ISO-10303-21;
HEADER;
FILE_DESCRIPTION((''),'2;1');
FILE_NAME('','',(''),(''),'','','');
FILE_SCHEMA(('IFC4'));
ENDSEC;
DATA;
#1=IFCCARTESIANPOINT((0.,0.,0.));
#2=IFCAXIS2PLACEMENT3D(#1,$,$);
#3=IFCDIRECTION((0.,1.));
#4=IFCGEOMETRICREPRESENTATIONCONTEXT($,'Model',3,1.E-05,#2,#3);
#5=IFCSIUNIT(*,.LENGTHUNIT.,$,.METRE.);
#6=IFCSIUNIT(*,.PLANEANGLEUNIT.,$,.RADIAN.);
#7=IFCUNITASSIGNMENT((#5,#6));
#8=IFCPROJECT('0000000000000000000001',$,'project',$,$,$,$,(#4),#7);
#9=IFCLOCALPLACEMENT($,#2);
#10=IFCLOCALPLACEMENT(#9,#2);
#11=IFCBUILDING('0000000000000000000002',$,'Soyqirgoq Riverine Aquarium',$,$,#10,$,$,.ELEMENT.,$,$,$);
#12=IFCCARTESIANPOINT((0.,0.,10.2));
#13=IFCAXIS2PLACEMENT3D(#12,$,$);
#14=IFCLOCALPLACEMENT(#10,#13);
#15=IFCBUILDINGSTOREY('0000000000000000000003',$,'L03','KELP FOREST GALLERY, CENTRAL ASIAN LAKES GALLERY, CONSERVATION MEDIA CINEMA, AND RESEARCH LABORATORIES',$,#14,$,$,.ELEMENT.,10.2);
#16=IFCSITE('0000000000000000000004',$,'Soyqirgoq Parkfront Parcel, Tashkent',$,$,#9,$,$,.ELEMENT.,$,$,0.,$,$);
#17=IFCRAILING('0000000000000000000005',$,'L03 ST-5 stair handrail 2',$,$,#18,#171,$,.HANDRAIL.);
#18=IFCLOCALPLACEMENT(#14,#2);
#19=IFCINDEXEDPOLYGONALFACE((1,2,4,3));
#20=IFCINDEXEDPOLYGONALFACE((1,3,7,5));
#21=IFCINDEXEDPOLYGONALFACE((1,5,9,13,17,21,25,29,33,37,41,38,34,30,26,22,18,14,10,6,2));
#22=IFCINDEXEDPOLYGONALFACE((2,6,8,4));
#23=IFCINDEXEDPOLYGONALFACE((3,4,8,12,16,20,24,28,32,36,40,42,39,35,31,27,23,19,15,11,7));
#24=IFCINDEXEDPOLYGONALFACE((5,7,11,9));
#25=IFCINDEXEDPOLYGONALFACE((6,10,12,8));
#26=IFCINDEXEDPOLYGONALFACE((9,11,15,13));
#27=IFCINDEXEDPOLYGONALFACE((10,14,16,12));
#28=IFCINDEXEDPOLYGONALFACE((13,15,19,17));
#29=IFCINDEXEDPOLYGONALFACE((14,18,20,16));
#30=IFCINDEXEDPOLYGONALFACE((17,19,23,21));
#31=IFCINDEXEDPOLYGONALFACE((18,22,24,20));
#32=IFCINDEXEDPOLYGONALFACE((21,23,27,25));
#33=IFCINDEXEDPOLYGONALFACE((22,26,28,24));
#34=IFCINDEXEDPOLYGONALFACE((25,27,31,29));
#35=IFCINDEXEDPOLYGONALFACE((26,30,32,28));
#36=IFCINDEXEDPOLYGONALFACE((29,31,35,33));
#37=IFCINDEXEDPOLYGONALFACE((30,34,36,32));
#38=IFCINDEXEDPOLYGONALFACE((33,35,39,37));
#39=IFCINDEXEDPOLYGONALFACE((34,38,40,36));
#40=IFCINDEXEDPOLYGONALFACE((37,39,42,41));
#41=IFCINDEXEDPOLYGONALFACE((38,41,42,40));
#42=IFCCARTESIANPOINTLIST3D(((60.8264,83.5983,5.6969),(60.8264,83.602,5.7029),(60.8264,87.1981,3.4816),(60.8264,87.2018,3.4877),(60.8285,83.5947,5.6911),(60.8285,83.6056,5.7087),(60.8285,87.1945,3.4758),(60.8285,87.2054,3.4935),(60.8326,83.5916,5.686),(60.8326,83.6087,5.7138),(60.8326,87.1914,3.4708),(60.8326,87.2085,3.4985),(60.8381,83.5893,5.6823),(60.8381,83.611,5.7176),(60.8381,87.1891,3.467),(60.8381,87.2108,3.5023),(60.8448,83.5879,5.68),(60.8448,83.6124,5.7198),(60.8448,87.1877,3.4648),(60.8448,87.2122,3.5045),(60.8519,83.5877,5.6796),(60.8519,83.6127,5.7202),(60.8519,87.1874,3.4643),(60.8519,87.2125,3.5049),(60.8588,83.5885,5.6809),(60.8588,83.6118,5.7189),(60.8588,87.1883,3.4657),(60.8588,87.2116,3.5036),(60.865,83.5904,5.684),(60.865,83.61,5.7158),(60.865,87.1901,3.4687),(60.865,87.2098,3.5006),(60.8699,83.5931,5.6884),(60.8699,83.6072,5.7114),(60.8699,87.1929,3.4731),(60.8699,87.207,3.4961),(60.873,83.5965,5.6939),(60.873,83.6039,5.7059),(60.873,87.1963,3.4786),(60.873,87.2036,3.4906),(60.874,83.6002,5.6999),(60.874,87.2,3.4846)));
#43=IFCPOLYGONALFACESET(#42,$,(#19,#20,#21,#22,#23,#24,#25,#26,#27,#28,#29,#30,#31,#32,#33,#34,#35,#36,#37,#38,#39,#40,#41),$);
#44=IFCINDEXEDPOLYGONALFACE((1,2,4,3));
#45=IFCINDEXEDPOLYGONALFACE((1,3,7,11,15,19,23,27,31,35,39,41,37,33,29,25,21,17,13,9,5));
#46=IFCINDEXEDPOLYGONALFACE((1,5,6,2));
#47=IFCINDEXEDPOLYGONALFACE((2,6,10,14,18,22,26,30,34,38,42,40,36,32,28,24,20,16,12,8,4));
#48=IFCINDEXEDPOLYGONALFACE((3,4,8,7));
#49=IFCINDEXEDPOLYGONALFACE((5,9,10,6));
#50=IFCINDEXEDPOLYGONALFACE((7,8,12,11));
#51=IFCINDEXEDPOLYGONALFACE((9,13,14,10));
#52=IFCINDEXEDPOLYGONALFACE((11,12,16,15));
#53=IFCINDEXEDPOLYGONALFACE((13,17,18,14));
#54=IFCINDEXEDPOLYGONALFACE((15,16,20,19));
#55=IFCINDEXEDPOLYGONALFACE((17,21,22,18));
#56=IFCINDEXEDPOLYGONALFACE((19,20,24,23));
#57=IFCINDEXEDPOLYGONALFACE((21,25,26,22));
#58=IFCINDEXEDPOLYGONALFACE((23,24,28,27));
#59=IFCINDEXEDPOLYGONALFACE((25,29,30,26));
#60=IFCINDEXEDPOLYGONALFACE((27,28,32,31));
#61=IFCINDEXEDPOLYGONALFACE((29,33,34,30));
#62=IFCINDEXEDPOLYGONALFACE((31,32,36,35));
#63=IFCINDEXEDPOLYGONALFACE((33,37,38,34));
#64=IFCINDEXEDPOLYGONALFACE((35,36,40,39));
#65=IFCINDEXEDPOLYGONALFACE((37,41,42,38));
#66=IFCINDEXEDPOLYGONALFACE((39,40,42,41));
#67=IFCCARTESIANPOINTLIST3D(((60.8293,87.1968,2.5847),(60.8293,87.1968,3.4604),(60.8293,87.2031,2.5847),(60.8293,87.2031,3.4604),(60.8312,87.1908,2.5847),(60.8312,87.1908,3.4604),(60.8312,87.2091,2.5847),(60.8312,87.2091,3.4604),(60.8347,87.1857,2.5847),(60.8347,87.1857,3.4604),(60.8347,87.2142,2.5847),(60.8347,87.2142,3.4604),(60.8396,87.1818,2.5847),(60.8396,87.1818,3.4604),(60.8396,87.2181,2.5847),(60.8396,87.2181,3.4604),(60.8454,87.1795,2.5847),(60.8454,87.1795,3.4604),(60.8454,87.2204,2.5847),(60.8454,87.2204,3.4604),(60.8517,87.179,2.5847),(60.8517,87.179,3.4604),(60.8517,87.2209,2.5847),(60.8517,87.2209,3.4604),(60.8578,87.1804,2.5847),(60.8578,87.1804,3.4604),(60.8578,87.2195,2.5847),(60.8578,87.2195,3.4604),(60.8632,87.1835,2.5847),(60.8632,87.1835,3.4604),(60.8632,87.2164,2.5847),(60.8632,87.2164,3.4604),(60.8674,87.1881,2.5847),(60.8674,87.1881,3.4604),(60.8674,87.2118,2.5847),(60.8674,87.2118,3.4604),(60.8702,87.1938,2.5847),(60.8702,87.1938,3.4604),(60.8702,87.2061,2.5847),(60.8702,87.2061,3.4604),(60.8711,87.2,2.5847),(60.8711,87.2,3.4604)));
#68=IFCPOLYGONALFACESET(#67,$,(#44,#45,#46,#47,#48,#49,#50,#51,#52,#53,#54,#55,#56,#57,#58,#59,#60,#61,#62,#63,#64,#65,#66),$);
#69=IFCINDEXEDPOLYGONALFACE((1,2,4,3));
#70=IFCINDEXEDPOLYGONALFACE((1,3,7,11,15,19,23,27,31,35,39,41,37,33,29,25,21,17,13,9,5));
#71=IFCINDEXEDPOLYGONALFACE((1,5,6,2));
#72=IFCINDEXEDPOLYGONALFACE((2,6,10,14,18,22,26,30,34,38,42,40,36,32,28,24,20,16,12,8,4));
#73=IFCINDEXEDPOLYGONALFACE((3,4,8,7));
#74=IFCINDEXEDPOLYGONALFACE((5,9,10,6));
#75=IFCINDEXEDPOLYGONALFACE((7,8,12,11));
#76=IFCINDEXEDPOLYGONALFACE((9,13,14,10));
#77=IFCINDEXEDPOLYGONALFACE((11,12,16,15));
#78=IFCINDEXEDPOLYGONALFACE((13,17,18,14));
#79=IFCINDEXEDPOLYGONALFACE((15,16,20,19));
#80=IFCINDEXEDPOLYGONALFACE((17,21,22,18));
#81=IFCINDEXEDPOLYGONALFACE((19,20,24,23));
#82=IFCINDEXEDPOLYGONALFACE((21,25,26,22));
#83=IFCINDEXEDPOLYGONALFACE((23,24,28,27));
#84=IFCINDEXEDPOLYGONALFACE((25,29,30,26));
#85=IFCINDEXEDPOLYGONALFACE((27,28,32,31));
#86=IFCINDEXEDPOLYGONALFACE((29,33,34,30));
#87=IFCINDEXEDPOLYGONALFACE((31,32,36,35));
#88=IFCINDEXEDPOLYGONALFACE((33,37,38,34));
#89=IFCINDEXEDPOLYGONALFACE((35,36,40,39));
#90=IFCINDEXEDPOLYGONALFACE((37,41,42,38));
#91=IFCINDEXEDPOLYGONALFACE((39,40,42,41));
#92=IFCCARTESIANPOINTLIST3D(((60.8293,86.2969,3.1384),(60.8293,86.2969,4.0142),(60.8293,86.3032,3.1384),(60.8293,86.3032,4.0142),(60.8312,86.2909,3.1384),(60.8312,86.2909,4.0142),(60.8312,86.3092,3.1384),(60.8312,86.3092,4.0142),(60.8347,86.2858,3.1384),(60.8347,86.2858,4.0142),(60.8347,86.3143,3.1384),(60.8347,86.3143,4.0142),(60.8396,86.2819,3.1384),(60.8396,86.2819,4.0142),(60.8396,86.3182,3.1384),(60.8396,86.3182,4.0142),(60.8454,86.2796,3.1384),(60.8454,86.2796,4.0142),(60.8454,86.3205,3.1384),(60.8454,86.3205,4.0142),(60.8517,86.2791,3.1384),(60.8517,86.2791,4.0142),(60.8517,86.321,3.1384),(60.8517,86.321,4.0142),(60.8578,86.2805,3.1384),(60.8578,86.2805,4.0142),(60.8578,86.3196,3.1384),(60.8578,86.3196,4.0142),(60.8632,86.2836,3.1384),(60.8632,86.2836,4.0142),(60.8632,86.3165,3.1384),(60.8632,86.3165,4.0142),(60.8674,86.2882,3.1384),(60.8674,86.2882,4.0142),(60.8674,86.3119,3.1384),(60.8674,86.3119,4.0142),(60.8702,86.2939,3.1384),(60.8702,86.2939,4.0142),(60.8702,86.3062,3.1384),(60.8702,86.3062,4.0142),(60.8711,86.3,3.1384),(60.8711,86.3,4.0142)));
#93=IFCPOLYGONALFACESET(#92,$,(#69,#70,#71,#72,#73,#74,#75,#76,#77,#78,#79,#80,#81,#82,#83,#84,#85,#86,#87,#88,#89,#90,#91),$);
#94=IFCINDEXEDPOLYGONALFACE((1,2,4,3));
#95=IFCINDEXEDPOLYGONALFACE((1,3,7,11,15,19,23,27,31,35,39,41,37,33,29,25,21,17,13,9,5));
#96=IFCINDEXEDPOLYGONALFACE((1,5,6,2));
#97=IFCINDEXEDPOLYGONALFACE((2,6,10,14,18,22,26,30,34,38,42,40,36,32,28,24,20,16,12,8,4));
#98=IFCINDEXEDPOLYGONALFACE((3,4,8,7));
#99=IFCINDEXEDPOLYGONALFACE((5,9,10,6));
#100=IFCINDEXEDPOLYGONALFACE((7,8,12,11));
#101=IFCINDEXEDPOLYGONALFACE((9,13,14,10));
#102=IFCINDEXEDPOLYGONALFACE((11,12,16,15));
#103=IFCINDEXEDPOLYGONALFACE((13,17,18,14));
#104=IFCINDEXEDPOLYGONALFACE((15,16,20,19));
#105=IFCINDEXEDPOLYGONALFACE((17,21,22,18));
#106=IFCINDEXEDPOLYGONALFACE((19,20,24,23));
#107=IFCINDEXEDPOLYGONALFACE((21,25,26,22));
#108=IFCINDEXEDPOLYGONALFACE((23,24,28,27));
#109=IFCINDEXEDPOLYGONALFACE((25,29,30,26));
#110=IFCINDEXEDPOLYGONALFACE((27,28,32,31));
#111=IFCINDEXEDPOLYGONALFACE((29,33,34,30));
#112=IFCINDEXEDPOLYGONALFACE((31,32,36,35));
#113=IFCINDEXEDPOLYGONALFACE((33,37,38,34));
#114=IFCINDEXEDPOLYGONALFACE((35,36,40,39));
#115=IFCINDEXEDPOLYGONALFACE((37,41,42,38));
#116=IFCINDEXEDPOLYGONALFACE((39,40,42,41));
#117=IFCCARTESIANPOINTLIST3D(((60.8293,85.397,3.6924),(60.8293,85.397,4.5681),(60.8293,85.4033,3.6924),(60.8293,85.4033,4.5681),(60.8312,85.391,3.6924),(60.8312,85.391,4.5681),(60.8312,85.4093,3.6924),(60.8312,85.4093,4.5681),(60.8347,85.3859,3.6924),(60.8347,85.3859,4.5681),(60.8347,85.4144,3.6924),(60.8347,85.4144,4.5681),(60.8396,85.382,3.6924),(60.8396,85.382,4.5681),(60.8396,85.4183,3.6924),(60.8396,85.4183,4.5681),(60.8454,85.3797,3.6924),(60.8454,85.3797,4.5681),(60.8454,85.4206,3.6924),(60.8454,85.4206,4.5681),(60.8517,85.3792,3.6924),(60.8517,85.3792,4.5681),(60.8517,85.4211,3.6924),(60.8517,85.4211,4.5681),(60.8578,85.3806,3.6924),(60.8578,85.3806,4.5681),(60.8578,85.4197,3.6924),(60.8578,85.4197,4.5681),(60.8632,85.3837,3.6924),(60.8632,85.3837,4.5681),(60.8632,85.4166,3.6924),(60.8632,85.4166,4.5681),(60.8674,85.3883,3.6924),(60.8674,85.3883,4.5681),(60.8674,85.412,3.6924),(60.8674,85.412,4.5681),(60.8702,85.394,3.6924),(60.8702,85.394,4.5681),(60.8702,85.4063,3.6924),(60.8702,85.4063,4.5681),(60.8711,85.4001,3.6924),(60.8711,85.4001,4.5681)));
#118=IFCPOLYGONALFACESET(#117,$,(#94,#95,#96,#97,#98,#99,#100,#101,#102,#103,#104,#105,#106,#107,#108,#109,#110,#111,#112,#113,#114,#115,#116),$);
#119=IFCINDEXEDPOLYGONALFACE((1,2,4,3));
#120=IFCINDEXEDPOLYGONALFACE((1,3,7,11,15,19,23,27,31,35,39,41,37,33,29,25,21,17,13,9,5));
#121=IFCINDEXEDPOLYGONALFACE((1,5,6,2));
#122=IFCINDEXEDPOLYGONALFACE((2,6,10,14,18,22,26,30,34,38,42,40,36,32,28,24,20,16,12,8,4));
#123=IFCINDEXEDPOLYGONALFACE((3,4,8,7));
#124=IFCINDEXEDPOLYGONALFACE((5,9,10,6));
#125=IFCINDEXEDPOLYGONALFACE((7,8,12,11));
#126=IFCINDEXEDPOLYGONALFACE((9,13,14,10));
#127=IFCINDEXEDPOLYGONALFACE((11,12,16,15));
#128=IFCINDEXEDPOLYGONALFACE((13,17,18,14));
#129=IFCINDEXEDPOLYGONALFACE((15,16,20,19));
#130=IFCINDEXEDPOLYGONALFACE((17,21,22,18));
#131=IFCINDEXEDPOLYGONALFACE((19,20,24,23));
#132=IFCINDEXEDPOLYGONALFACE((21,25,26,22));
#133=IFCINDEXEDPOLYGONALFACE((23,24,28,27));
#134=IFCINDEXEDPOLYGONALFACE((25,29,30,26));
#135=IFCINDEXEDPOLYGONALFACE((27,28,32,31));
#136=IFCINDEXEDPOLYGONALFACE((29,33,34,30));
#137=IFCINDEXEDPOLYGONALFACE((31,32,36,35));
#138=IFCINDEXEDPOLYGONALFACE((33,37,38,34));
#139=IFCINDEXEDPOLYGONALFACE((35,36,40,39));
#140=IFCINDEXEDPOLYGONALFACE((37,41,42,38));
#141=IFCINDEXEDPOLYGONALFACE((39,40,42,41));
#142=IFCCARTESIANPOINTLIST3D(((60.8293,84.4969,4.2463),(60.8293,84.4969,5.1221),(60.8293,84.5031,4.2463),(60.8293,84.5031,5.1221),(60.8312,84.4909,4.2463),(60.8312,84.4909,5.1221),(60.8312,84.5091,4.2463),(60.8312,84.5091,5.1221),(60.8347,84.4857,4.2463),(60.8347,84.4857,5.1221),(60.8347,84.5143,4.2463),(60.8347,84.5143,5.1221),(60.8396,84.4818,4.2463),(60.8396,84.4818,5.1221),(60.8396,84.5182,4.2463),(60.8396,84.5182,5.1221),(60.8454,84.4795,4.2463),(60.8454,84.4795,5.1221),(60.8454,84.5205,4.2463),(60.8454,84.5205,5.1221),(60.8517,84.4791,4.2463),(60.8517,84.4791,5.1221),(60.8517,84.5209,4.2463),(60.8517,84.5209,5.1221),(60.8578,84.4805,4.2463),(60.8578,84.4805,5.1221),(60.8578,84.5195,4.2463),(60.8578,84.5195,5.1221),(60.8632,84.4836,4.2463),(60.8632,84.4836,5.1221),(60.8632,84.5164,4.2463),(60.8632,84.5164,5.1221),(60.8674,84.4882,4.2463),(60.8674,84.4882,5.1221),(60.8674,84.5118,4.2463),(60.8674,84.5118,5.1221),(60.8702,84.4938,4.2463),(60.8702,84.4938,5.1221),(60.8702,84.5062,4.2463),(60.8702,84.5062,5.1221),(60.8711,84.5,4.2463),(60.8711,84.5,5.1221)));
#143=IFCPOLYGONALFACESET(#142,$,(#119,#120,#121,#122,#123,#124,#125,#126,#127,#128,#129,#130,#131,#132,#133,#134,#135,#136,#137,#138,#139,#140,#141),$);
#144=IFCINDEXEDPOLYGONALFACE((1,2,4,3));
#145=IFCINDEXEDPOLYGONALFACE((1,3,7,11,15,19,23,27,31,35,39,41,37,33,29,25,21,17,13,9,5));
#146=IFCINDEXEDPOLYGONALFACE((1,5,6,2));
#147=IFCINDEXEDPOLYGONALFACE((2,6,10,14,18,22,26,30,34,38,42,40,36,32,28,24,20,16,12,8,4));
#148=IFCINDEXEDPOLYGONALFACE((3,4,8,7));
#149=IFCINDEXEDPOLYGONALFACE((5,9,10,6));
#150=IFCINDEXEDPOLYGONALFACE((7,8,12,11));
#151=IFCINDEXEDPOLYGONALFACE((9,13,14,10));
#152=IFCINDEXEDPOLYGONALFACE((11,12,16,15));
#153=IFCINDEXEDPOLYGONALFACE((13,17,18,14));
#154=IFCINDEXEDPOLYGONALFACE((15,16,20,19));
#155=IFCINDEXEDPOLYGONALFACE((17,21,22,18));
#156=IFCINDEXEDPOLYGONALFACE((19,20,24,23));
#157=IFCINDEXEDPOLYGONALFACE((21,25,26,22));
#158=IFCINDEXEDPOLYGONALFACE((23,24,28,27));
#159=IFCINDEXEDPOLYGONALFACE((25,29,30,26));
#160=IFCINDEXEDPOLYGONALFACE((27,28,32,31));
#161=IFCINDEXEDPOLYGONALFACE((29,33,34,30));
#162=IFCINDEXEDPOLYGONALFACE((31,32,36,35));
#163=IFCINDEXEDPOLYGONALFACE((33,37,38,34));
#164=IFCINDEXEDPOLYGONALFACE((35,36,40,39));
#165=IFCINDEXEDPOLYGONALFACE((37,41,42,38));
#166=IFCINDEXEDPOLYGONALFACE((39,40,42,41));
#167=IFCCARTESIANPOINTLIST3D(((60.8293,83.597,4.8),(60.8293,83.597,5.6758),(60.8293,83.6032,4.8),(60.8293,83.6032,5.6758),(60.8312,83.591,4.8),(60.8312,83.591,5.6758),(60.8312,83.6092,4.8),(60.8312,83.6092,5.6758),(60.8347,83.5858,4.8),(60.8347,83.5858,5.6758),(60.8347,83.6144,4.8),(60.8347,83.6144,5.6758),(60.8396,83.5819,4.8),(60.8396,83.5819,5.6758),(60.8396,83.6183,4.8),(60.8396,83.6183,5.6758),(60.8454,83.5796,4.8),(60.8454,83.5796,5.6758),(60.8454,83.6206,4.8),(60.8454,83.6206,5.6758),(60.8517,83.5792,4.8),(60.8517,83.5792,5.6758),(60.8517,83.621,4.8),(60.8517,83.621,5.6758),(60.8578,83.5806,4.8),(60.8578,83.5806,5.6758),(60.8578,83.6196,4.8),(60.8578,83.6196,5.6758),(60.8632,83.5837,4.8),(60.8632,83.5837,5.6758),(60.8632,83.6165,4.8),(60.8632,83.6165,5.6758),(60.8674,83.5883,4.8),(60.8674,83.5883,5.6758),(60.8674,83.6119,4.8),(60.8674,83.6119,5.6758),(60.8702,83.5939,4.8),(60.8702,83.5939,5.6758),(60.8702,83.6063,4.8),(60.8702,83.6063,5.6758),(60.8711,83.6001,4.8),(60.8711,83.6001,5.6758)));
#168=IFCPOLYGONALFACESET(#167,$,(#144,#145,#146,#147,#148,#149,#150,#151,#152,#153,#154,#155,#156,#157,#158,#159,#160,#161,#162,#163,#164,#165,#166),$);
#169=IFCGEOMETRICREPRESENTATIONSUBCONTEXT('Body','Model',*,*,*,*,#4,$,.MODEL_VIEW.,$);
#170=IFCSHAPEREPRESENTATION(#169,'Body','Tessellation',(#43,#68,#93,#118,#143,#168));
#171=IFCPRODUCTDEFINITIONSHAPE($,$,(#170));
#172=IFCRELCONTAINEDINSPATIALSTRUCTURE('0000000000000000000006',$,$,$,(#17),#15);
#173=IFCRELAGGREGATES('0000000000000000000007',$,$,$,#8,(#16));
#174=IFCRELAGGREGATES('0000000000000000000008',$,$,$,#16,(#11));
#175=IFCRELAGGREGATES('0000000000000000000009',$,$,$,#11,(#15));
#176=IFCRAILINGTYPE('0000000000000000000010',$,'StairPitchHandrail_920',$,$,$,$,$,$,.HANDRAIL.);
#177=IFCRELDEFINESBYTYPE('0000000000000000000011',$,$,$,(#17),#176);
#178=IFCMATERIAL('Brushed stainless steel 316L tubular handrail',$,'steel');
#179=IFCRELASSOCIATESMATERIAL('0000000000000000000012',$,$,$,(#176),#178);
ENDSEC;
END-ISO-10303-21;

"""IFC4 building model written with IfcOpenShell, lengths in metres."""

from ifc_helpers import new_model, si_unit, direction, frame, origin, origin_2d, place, context, subcontext, project, spatial, circle, extrude, material, type_object, element, save


model = new_model("IFC4")

# Units and contexts
model_context = context("Model", 3, precision=1e-05, world=origin(), true_north=direction((0.0, 1.0)))
body_context = subcontext(model_context, "Body", "Model", "MODEL_VIEW")
ifc_project = project(units=[si_unit("LENGTHUNIT", "METRE"), si_unit("PLANEANGLEUNIT", "RADIAN")], contexts=[model_context])

# Site, building, storey
site_placement = place(None, origin())
site = spatial("IfcSite", under=ifc_project, at=site_placement, Name="Soyqirgoq Parkfront Parcel, Tashkent", CompositionType="ELEMENT", RefElevation=0.0)
building_placement = place(site_placement, origin())
building = spatial("IfcBuilding", under=site, at=building_placement, Name="Soyqirgoq Riverine Aquarium", CompositionType="ELEMENT")
storey_placement = place(building_placement, frame((0.0, 0.0, 10.2)))
storey = spatial("IfcBuildingStorey", under=building, at=storey_placement, Name="L03", Description="KELP FOREST GALLERY, CENTRAL ASIAN LAKES GALLERY, CONSERVATION MEDIA CINEMA, AND RESEARCH LABORATORIES", CompositionType="ELEMENT", Elevation=10.2)

# Railing
ifc_material_1 = material(Name="Brushed stainless steel 316L tubular handrail", Category="steel")
railing_type_1 = type_object("IfcRailingType", Name="StairPitchHandrail_920", PredefinedType="HANDRAIL", material=ifc_material_1)
railing_1_placement = place(storey_placement, frame((60.8501, 87.2, 2.5847)))
element("IfcRailing", 1, at=railing_1_placement, inside=storey, type_object=railing_type_1, Name="L03 ST-5 stair handrail 2", PredefinedType="HANDRAIL", context=body_context, shape_type="SweptSolid", body=[
    extrude(circle(Radius=0.0239, at=origin_2d()), frame((0.0, 0.0, 0.8999), z_axis=(0.0, -0.851654, 0.524104), x_axis=(1.0, 0.0, 0.0)), (0.0, 0.0, 1.0), 4.2268),
    extrude(circle(Radius=0.021, at=origin_2d()), origin(), (0.0, 0.0, 1.0), 0.8757),
    extrude(circle(Radius=0.021, at=origin_2d()), frame((0.0, -0.8999, 0.5537)), (0.0, 0.0, 1.0), 0.8757),
    extrude(circle(Radius=0.021, at=origin_2d()), frame((0.0, -1.7998, 1.1077)), (0.0, 0.0, 1.0), 0.8757),
    extrude(circle(Radius=0.021, at=origin_2d()), frame((0.0, -2.7, 1.6616)), (0.0, 0.0, 1.0), 0.8757),
    extrude(circle(Radius=0.021, at=origin_2d()), frame((0.0, -3.5999, 2.2153)), (0.0, 0.0, 1.0), 0.8757),
])

save(model, "model.ifc")
